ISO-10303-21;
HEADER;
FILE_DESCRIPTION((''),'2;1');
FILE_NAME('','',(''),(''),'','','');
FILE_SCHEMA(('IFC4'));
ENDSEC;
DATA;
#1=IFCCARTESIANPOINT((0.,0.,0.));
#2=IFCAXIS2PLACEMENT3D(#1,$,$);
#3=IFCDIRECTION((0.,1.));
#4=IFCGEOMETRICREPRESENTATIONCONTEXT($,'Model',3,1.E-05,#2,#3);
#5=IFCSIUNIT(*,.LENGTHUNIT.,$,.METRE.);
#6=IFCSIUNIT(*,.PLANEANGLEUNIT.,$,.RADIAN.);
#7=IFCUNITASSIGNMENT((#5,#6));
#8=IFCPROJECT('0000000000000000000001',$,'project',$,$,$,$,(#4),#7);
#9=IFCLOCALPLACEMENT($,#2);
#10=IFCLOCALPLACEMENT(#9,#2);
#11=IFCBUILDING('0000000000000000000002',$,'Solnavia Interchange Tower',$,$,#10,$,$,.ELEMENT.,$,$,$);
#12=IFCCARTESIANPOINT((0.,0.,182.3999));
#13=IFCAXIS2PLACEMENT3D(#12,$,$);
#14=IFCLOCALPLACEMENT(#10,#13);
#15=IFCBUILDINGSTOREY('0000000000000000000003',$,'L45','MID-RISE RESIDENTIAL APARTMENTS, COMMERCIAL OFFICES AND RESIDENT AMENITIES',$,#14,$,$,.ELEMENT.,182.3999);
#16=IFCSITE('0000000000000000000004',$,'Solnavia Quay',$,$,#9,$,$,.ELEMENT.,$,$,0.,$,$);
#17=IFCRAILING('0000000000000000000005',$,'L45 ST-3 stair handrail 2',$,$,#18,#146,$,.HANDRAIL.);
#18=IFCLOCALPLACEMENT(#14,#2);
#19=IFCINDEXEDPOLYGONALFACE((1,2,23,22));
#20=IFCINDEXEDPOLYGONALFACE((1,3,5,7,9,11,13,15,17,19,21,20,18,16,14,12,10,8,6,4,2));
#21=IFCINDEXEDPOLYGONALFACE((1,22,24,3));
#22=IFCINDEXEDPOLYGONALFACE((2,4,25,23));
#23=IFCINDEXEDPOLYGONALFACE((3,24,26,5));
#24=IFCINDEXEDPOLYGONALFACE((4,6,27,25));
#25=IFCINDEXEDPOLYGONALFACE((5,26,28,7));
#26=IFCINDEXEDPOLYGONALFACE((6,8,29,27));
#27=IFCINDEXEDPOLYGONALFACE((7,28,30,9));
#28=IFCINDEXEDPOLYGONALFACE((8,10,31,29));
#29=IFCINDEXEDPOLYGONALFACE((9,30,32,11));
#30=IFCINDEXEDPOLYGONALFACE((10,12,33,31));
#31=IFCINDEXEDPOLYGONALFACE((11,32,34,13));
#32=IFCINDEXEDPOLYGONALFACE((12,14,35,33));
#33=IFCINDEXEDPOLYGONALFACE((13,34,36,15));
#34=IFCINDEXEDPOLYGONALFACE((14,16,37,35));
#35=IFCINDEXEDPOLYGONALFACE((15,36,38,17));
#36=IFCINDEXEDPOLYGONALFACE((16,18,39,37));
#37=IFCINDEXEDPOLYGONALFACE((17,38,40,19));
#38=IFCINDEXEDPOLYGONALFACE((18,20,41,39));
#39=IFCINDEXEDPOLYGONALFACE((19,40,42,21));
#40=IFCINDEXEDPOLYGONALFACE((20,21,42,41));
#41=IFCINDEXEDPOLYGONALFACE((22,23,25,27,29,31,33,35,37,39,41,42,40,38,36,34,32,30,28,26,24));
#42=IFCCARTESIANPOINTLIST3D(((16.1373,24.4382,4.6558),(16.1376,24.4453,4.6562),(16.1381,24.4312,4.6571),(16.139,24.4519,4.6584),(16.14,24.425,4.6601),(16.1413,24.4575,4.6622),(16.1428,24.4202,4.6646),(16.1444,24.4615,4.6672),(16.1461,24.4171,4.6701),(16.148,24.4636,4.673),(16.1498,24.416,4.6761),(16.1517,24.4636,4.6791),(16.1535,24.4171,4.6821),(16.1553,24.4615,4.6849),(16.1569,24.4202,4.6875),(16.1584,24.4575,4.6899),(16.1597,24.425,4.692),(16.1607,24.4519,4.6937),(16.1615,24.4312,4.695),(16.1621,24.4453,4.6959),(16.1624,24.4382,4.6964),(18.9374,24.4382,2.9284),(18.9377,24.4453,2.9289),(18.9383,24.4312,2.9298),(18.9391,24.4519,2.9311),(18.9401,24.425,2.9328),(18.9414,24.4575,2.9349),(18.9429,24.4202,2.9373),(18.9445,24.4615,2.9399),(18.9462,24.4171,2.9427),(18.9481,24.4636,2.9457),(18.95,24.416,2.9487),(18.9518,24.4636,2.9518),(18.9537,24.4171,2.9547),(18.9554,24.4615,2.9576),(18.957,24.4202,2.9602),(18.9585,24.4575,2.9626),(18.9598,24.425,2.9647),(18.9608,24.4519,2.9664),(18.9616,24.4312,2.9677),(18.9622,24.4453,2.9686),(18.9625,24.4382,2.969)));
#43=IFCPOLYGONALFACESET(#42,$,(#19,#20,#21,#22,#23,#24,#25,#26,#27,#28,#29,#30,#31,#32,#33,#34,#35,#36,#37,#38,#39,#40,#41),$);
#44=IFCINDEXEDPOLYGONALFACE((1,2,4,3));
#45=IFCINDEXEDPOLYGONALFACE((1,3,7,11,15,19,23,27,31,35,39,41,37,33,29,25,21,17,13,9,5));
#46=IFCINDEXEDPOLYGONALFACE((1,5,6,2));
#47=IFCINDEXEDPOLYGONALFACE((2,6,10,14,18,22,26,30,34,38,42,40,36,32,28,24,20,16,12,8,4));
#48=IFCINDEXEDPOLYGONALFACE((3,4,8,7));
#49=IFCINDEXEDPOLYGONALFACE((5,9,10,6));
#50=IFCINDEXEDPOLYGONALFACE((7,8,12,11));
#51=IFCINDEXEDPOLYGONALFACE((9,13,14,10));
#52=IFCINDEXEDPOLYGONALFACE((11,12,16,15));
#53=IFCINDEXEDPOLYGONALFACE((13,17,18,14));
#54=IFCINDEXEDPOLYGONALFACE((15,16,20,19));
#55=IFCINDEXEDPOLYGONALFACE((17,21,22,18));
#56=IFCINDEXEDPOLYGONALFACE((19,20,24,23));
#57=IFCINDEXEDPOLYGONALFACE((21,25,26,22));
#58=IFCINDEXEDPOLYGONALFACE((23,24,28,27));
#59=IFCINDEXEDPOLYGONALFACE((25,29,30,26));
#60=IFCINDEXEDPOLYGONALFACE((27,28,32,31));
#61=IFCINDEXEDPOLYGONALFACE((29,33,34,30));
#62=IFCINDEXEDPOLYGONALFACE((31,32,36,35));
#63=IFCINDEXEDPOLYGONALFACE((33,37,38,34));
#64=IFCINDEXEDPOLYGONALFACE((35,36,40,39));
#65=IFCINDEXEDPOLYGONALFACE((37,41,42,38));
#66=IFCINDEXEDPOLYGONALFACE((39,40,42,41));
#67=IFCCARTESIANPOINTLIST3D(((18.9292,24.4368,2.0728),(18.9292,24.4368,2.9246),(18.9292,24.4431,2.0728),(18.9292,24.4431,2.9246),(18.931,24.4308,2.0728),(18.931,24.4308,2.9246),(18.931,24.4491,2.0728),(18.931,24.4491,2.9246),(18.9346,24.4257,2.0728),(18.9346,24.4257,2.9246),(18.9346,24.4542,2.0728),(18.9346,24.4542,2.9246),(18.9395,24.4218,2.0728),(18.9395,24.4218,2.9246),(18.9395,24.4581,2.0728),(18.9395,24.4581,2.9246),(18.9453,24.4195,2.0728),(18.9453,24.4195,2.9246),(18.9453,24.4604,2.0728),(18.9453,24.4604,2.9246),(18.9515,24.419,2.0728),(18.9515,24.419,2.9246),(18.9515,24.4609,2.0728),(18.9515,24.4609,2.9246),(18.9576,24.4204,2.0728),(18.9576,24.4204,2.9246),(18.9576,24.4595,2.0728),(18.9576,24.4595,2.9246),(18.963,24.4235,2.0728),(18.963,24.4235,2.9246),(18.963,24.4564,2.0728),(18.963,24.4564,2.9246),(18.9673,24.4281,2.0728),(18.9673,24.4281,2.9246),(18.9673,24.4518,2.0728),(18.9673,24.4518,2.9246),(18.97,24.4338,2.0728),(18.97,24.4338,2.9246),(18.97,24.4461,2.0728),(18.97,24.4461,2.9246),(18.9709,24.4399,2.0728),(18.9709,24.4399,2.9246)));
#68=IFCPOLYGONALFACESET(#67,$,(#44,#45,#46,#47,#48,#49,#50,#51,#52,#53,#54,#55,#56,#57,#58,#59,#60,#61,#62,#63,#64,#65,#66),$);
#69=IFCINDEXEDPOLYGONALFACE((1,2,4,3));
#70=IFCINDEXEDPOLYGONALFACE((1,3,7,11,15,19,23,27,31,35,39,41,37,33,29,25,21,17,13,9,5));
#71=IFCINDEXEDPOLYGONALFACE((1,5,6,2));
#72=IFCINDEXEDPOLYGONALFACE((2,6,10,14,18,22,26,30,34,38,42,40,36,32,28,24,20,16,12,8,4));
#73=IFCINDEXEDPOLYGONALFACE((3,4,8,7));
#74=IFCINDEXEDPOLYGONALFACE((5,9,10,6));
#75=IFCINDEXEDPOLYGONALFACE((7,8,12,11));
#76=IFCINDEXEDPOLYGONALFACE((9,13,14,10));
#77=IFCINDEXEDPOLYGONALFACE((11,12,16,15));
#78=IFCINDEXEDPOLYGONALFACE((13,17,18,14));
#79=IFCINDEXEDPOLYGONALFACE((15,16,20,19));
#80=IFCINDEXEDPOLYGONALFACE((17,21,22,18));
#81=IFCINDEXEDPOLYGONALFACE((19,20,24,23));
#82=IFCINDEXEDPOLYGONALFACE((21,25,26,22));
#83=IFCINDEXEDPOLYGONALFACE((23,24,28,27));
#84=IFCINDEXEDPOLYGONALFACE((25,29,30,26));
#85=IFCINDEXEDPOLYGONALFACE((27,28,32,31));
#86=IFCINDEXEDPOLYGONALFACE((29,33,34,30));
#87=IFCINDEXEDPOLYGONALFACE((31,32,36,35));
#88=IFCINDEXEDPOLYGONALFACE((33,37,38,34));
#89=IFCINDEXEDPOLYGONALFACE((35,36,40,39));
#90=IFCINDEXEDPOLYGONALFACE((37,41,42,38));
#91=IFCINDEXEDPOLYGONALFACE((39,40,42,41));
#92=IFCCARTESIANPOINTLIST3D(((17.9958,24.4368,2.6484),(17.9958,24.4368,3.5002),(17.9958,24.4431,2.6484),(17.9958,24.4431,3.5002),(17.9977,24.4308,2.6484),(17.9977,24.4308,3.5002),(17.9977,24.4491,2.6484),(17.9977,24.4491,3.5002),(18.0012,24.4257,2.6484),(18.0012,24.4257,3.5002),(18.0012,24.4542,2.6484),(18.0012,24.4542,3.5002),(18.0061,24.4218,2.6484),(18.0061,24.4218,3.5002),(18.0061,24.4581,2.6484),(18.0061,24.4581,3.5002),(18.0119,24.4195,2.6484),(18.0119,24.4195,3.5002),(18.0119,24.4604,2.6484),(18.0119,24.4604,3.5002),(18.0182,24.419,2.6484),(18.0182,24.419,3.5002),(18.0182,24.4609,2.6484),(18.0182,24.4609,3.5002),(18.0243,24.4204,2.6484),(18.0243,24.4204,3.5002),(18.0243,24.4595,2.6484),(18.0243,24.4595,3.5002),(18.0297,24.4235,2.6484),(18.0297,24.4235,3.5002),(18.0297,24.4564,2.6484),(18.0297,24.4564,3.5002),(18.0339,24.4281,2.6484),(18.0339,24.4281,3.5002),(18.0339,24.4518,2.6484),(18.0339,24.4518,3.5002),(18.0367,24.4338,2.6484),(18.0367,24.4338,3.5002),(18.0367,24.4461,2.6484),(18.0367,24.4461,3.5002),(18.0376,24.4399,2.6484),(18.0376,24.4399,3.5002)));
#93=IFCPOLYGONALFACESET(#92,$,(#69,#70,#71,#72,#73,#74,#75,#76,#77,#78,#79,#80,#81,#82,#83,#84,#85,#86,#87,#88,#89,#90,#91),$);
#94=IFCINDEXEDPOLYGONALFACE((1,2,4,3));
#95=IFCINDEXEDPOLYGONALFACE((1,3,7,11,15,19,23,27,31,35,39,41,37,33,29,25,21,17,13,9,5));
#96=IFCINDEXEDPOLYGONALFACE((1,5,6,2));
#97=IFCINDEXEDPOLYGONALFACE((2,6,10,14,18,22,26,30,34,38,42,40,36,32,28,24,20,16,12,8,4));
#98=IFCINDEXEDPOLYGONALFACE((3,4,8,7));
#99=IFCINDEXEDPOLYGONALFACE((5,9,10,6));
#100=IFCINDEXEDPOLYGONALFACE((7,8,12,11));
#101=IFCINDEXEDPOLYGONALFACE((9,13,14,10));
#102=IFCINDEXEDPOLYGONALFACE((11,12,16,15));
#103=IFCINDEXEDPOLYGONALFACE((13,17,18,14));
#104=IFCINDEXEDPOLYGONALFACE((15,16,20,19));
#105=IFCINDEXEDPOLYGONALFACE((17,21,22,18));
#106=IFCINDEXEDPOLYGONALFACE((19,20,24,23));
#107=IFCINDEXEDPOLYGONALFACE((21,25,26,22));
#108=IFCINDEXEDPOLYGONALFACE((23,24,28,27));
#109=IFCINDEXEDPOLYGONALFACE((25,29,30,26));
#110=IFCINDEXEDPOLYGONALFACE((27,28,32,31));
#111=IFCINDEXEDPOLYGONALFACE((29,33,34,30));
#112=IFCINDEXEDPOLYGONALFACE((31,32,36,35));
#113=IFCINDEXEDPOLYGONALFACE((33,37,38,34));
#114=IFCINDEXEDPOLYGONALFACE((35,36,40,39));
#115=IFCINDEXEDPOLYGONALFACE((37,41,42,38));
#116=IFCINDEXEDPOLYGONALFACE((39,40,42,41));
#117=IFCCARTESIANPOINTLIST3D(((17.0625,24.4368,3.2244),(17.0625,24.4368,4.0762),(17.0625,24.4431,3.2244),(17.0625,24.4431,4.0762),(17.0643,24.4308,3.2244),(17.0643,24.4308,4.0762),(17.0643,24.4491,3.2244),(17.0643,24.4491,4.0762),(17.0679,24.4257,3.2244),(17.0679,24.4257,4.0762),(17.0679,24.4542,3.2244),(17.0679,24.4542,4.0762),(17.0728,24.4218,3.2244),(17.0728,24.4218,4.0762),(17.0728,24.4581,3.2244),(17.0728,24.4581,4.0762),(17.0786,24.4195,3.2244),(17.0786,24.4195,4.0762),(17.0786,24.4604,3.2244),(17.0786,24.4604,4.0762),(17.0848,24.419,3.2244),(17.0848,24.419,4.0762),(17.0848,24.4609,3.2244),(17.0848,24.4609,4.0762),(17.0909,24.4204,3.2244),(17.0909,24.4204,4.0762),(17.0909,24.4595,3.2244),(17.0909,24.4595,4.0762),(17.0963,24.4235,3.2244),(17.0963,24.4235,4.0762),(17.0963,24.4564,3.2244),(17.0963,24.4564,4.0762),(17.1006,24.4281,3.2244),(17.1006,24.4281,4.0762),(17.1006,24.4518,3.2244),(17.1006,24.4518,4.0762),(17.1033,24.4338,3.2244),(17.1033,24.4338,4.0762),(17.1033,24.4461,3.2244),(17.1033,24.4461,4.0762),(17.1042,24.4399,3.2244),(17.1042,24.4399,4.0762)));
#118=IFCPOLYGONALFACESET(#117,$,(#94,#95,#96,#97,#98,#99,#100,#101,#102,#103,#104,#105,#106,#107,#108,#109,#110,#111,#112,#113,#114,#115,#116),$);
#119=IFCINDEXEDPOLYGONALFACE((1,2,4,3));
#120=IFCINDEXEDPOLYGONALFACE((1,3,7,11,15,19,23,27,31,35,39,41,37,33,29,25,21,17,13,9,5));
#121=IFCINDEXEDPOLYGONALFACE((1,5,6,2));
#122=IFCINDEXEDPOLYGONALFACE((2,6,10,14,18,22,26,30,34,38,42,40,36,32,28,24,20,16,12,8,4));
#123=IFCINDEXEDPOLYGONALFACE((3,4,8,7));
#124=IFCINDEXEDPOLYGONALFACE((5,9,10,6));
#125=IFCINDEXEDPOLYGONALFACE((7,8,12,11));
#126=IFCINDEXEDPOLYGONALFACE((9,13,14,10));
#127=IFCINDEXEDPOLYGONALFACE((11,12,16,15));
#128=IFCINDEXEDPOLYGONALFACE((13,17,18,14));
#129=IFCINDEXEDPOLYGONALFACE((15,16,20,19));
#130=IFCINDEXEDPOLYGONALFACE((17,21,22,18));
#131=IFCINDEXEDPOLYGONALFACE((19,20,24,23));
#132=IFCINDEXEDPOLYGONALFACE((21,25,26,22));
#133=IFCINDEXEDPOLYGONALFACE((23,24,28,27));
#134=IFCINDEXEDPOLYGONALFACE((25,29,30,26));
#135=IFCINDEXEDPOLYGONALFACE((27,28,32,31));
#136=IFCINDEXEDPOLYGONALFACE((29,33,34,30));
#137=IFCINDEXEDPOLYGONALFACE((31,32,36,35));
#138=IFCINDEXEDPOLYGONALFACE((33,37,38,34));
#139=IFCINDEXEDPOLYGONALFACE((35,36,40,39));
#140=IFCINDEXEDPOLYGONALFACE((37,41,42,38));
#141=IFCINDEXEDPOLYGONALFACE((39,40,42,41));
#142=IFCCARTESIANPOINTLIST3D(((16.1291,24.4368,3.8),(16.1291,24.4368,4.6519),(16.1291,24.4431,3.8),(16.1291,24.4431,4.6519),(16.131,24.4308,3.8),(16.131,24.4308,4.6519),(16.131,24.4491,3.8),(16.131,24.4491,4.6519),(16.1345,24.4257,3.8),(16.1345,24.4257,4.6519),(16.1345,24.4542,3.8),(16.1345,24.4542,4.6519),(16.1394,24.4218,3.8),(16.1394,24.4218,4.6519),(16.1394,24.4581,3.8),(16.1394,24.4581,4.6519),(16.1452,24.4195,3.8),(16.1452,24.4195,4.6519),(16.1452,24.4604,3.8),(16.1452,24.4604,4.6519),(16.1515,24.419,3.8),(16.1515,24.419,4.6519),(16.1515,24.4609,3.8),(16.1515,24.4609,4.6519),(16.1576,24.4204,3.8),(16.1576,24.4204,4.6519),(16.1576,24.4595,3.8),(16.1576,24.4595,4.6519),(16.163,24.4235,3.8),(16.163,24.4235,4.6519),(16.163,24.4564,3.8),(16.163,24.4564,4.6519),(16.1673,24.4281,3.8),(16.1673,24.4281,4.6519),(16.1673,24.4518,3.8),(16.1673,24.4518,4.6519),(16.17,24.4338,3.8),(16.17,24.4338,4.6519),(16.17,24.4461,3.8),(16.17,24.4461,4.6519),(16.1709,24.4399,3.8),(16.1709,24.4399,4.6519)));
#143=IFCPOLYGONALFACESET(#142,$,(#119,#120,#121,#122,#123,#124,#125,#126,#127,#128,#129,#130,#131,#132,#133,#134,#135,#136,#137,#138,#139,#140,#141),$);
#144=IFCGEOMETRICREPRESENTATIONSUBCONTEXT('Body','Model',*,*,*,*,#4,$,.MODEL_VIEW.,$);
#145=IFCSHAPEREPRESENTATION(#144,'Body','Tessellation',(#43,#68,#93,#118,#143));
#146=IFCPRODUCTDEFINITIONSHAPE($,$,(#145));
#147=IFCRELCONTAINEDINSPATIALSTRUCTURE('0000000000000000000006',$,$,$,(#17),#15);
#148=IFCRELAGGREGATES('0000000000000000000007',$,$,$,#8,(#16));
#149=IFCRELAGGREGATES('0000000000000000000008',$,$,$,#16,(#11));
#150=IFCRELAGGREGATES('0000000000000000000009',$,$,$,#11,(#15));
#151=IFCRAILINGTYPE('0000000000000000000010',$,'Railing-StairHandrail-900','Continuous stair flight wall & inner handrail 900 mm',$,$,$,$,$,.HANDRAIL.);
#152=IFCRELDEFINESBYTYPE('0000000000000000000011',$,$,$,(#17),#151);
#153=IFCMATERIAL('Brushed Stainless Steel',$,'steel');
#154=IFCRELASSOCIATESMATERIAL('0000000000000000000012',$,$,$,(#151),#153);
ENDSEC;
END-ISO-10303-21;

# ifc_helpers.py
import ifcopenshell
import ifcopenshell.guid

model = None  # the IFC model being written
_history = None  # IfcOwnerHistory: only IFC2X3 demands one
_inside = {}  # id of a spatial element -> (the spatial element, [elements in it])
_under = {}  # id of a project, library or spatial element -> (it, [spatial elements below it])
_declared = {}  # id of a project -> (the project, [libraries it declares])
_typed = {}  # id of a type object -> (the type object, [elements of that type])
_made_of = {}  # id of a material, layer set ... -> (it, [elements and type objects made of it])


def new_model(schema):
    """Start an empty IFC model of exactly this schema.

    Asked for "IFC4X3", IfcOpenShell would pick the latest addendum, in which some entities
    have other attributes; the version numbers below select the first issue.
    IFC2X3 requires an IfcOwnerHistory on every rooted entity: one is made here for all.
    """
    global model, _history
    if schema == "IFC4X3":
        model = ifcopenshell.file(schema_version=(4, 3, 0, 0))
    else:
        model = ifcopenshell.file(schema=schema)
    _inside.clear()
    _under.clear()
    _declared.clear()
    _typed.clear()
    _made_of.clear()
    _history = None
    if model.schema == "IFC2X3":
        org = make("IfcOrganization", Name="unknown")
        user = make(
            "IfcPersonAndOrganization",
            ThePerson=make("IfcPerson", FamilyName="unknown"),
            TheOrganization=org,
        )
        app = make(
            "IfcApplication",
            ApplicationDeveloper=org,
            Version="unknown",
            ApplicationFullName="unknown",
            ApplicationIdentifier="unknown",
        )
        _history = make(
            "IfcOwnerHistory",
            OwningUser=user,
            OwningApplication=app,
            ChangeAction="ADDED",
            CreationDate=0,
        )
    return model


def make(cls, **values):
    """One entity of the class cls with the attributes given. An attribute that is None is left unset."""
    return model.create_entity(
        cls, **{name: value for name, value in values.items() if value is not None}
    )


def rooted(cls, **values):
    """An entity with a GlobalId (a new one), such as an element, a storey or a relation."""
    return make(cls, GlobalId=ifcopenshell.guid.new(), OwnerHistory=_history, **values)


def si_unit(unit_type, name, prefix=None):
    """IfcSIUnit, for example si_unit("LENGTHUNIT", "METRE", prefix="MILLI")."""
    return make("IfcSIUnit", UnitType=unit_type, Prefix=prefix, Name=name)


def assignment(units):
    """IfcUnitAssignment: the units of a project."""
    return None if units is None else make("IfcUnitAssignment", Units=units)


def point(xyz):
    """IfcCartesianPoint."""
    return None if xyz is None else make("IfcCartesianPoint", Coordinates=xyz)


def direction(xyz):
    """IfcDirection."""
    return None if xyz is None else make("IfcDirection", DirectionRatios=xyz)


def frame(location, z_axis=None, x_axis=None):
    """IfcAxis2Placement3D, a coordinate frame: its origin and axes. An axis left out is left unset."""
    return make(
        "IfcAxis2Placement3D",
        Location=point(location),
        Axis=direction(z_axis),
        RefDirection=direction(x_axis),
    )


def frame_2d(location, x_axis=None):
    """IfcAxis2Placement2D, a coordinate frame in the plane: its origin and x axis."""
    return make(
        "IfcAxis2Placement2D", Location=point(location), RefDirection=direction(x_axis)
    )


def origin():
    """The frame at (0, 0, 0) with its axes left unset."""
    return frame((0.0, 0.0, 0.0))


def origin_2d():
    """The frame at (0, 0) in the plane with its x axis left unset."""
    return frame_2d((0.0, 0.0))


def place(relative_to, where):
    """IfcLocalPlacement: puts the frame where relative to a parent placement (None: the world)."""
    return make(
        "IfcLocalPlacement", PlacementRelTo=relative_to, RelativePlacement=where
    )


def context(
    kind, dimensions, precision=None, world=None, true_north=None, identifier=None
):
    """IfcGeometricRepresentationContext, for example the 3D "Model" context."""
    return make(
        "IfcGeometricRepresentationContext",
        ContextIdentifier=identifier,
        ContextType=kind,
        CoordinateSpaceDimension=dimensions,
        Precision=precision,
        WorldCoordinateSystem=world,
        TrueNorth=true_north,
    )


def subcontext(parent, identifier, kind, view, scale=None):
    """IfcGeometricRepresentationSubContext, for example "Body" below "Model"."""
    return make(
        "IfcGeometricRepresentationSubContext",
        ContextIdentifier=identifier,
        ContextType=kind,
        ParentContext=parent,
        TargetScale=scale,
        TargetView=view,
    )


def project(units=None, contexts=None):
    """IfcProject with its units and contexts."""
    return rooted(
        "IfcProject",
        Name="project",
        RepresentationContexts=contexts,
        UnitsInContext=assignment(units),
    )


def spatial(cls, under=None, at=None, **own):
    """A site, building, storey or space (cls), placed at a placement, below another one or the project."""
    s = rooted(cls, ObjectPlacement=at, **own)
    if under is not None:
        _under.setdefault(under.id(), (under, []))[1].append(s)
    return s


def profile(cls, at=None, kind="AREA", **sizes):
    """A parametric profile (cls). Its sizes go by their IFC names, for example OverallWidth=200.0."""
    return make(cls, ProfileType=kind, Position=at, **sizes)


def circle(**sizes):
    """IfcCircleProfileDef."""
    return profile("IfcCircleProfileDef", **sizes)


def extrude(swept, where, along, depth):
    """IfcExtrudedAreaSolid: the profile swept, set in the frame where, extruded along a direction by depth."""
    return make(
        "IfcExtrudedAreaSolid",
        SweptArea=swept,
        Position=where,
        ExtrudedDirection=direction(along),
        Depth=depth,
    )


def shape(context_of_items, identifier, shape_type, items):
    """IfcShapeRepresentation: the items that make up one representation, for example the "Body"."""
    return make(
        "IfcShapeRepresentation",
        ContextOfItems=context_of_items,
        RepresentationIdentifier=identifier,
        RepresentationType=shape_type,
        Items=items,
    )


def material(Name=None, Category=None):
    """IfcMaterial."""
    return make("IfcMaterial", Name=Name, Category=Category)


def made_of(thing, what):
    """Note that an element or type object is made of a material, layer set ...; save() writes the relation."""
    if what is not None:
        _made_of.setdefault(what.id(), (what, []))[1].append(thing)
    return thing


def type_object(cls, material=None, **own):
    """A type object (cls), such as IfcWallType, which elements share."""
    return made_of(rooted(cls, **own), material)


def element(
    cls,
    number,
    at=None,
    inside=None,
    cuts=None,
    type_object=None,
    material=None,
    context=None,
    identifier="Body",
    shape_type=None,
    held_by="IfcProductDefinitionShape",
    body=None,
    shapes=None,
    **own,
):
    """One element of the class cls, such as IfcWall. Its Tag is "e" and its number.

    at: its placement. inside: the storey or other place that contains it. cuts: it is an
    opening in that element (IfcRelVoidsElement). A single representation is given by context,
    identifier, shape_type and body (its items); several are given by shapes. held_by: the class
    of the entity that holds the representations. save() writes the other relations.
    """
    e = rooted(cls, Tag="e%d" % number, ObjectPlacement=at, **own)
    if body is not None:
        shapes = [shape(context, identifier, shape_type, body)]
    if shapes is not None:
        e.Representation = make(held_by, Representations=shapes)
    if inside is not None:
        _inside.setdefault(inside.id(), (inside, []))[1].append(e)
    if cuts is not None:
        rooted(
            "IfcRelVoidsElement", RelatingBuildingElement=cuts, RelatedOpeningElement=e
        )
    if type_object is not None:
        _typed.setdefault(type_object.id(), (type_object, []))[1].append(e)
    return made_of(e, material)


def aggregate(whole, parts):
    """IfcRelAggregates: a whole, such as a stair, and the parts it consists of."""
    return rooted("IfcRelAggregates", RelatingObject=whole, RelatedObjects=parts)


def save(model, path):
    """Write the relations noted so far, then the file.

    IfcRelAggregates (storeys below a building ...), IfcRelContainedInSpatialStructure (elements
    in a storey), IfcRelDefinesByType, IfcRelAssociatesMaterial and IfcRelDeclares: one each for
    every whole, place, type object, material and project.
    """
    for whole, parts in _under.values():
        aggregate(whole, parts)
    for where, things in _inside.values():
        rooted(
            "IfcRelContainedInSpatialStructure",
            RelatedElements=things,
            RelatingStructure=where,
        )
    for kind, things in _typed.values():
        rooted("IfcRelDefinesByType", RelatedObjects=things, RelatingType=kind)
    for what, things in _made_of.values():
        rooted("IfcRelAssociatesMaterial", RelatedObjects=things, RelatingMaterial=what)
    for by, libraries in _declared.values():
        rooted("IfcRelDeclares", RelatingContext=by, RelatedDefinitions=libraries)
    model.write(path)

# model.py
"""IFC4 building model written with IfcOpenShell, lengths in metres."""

from ifc_helpers import new_model, si_unit, direction, frame, origin, origin_2d, place, context, subcontext, project, spatial, circle, extrude, material, type_object, element, save


model = new_model("IFC4")

# Units and contexts
model_context = context("Model", 3, precision=1e-05, world=origin(), true_north=direction((0.0, 1.0)))
body_context = subcontext(model_context, "Body", "Model", "MODEL_VIEW")
ifc_project = project(units=[si_unit("LENGTHUNIT", "METRE"), si_unit("PLANEANGLEUNIT", "RADIAN")], contexts=[model_context])

# Site, building, storey
site_placement = place(None, origin())
site = spatial("IfcSite", under=ifc_project, at=site_placement, Name="Solnavia Quay", CompositionType="ELEMENT", RefElevation=0.0)
building_placement = place(site_placement, origin())
building = spatial("IfcBuilding", under=site, at=building_placement, Name="Solnavia Interchange Tower", CompositionType="ELEMENT")
storey_placement = place(building_placement, frame((0.0, 0.0, 182.3999)))
storey = spatial("IfcBuildingStorey", under=building, at=storey_placement, Name="L45", Description="MID-RISE RESIDENTIAL APARTMENTS, COMMERCIAL OFFICES AND RESIDENT AMENITIES", CompositionType="ELEMENT", Elevation=182.3999)

# Railing
ifc_material_1 = material(Name="Brushed Stainless Steel", Category="steel")
railing_type_1 = type_object("IfcRailingType", Name="Railing-StairHandrail-900", Description="Continuous stair flight wall & inner handrail 900 mm", PredefinedType="HANDRAIL", material=ifc_material_1)
railing_1_placement = place(storey_placement, frame((18.95, 24.4399, 2.0728)))
element("IfcRailing", 1, at=railing_1_placement, inside=storey, type_object=railing_type_1, Name="L45 ST-3 stair handrail 2", PredefinedType="HANDRAIL", context=body_context, shape_type="SweptSolid", body=[
    extrude(circle(Radius=0.0239, at=origin_2d()), frame((0.0, 0.0, 0.876), z_axis=(-0.85109, 0.0, 0.52502), x_axis=(0.0, -1.0, 0.0)), (0.0, 0.0, 1.0), 3.29),
    extrude(circle(Radius=0.021, at=origin_2d()), origin(), (0.0, 0.0, 1.0), 0.8518),
    extrude(circle(Radius=0.021, at=origin_2d()), frame((-0.9333, 0.0, 0.5757)), (0.0, 0.0, 1.0), 0.8518),
    extrude(circle(Radius=0.021, at=origin_2d()), frame((-1.8667, 0.0, 1.1516)), (0.0, 0.0, 1.0), 0.8518),
    extrude(circle(Radius=0.021, at=origin_2d()), frame((-2.8, 0.0, 1.7273)), (0.0, 0.0, 1.0), 0.8518),
])

save(model, "model.ifc")
